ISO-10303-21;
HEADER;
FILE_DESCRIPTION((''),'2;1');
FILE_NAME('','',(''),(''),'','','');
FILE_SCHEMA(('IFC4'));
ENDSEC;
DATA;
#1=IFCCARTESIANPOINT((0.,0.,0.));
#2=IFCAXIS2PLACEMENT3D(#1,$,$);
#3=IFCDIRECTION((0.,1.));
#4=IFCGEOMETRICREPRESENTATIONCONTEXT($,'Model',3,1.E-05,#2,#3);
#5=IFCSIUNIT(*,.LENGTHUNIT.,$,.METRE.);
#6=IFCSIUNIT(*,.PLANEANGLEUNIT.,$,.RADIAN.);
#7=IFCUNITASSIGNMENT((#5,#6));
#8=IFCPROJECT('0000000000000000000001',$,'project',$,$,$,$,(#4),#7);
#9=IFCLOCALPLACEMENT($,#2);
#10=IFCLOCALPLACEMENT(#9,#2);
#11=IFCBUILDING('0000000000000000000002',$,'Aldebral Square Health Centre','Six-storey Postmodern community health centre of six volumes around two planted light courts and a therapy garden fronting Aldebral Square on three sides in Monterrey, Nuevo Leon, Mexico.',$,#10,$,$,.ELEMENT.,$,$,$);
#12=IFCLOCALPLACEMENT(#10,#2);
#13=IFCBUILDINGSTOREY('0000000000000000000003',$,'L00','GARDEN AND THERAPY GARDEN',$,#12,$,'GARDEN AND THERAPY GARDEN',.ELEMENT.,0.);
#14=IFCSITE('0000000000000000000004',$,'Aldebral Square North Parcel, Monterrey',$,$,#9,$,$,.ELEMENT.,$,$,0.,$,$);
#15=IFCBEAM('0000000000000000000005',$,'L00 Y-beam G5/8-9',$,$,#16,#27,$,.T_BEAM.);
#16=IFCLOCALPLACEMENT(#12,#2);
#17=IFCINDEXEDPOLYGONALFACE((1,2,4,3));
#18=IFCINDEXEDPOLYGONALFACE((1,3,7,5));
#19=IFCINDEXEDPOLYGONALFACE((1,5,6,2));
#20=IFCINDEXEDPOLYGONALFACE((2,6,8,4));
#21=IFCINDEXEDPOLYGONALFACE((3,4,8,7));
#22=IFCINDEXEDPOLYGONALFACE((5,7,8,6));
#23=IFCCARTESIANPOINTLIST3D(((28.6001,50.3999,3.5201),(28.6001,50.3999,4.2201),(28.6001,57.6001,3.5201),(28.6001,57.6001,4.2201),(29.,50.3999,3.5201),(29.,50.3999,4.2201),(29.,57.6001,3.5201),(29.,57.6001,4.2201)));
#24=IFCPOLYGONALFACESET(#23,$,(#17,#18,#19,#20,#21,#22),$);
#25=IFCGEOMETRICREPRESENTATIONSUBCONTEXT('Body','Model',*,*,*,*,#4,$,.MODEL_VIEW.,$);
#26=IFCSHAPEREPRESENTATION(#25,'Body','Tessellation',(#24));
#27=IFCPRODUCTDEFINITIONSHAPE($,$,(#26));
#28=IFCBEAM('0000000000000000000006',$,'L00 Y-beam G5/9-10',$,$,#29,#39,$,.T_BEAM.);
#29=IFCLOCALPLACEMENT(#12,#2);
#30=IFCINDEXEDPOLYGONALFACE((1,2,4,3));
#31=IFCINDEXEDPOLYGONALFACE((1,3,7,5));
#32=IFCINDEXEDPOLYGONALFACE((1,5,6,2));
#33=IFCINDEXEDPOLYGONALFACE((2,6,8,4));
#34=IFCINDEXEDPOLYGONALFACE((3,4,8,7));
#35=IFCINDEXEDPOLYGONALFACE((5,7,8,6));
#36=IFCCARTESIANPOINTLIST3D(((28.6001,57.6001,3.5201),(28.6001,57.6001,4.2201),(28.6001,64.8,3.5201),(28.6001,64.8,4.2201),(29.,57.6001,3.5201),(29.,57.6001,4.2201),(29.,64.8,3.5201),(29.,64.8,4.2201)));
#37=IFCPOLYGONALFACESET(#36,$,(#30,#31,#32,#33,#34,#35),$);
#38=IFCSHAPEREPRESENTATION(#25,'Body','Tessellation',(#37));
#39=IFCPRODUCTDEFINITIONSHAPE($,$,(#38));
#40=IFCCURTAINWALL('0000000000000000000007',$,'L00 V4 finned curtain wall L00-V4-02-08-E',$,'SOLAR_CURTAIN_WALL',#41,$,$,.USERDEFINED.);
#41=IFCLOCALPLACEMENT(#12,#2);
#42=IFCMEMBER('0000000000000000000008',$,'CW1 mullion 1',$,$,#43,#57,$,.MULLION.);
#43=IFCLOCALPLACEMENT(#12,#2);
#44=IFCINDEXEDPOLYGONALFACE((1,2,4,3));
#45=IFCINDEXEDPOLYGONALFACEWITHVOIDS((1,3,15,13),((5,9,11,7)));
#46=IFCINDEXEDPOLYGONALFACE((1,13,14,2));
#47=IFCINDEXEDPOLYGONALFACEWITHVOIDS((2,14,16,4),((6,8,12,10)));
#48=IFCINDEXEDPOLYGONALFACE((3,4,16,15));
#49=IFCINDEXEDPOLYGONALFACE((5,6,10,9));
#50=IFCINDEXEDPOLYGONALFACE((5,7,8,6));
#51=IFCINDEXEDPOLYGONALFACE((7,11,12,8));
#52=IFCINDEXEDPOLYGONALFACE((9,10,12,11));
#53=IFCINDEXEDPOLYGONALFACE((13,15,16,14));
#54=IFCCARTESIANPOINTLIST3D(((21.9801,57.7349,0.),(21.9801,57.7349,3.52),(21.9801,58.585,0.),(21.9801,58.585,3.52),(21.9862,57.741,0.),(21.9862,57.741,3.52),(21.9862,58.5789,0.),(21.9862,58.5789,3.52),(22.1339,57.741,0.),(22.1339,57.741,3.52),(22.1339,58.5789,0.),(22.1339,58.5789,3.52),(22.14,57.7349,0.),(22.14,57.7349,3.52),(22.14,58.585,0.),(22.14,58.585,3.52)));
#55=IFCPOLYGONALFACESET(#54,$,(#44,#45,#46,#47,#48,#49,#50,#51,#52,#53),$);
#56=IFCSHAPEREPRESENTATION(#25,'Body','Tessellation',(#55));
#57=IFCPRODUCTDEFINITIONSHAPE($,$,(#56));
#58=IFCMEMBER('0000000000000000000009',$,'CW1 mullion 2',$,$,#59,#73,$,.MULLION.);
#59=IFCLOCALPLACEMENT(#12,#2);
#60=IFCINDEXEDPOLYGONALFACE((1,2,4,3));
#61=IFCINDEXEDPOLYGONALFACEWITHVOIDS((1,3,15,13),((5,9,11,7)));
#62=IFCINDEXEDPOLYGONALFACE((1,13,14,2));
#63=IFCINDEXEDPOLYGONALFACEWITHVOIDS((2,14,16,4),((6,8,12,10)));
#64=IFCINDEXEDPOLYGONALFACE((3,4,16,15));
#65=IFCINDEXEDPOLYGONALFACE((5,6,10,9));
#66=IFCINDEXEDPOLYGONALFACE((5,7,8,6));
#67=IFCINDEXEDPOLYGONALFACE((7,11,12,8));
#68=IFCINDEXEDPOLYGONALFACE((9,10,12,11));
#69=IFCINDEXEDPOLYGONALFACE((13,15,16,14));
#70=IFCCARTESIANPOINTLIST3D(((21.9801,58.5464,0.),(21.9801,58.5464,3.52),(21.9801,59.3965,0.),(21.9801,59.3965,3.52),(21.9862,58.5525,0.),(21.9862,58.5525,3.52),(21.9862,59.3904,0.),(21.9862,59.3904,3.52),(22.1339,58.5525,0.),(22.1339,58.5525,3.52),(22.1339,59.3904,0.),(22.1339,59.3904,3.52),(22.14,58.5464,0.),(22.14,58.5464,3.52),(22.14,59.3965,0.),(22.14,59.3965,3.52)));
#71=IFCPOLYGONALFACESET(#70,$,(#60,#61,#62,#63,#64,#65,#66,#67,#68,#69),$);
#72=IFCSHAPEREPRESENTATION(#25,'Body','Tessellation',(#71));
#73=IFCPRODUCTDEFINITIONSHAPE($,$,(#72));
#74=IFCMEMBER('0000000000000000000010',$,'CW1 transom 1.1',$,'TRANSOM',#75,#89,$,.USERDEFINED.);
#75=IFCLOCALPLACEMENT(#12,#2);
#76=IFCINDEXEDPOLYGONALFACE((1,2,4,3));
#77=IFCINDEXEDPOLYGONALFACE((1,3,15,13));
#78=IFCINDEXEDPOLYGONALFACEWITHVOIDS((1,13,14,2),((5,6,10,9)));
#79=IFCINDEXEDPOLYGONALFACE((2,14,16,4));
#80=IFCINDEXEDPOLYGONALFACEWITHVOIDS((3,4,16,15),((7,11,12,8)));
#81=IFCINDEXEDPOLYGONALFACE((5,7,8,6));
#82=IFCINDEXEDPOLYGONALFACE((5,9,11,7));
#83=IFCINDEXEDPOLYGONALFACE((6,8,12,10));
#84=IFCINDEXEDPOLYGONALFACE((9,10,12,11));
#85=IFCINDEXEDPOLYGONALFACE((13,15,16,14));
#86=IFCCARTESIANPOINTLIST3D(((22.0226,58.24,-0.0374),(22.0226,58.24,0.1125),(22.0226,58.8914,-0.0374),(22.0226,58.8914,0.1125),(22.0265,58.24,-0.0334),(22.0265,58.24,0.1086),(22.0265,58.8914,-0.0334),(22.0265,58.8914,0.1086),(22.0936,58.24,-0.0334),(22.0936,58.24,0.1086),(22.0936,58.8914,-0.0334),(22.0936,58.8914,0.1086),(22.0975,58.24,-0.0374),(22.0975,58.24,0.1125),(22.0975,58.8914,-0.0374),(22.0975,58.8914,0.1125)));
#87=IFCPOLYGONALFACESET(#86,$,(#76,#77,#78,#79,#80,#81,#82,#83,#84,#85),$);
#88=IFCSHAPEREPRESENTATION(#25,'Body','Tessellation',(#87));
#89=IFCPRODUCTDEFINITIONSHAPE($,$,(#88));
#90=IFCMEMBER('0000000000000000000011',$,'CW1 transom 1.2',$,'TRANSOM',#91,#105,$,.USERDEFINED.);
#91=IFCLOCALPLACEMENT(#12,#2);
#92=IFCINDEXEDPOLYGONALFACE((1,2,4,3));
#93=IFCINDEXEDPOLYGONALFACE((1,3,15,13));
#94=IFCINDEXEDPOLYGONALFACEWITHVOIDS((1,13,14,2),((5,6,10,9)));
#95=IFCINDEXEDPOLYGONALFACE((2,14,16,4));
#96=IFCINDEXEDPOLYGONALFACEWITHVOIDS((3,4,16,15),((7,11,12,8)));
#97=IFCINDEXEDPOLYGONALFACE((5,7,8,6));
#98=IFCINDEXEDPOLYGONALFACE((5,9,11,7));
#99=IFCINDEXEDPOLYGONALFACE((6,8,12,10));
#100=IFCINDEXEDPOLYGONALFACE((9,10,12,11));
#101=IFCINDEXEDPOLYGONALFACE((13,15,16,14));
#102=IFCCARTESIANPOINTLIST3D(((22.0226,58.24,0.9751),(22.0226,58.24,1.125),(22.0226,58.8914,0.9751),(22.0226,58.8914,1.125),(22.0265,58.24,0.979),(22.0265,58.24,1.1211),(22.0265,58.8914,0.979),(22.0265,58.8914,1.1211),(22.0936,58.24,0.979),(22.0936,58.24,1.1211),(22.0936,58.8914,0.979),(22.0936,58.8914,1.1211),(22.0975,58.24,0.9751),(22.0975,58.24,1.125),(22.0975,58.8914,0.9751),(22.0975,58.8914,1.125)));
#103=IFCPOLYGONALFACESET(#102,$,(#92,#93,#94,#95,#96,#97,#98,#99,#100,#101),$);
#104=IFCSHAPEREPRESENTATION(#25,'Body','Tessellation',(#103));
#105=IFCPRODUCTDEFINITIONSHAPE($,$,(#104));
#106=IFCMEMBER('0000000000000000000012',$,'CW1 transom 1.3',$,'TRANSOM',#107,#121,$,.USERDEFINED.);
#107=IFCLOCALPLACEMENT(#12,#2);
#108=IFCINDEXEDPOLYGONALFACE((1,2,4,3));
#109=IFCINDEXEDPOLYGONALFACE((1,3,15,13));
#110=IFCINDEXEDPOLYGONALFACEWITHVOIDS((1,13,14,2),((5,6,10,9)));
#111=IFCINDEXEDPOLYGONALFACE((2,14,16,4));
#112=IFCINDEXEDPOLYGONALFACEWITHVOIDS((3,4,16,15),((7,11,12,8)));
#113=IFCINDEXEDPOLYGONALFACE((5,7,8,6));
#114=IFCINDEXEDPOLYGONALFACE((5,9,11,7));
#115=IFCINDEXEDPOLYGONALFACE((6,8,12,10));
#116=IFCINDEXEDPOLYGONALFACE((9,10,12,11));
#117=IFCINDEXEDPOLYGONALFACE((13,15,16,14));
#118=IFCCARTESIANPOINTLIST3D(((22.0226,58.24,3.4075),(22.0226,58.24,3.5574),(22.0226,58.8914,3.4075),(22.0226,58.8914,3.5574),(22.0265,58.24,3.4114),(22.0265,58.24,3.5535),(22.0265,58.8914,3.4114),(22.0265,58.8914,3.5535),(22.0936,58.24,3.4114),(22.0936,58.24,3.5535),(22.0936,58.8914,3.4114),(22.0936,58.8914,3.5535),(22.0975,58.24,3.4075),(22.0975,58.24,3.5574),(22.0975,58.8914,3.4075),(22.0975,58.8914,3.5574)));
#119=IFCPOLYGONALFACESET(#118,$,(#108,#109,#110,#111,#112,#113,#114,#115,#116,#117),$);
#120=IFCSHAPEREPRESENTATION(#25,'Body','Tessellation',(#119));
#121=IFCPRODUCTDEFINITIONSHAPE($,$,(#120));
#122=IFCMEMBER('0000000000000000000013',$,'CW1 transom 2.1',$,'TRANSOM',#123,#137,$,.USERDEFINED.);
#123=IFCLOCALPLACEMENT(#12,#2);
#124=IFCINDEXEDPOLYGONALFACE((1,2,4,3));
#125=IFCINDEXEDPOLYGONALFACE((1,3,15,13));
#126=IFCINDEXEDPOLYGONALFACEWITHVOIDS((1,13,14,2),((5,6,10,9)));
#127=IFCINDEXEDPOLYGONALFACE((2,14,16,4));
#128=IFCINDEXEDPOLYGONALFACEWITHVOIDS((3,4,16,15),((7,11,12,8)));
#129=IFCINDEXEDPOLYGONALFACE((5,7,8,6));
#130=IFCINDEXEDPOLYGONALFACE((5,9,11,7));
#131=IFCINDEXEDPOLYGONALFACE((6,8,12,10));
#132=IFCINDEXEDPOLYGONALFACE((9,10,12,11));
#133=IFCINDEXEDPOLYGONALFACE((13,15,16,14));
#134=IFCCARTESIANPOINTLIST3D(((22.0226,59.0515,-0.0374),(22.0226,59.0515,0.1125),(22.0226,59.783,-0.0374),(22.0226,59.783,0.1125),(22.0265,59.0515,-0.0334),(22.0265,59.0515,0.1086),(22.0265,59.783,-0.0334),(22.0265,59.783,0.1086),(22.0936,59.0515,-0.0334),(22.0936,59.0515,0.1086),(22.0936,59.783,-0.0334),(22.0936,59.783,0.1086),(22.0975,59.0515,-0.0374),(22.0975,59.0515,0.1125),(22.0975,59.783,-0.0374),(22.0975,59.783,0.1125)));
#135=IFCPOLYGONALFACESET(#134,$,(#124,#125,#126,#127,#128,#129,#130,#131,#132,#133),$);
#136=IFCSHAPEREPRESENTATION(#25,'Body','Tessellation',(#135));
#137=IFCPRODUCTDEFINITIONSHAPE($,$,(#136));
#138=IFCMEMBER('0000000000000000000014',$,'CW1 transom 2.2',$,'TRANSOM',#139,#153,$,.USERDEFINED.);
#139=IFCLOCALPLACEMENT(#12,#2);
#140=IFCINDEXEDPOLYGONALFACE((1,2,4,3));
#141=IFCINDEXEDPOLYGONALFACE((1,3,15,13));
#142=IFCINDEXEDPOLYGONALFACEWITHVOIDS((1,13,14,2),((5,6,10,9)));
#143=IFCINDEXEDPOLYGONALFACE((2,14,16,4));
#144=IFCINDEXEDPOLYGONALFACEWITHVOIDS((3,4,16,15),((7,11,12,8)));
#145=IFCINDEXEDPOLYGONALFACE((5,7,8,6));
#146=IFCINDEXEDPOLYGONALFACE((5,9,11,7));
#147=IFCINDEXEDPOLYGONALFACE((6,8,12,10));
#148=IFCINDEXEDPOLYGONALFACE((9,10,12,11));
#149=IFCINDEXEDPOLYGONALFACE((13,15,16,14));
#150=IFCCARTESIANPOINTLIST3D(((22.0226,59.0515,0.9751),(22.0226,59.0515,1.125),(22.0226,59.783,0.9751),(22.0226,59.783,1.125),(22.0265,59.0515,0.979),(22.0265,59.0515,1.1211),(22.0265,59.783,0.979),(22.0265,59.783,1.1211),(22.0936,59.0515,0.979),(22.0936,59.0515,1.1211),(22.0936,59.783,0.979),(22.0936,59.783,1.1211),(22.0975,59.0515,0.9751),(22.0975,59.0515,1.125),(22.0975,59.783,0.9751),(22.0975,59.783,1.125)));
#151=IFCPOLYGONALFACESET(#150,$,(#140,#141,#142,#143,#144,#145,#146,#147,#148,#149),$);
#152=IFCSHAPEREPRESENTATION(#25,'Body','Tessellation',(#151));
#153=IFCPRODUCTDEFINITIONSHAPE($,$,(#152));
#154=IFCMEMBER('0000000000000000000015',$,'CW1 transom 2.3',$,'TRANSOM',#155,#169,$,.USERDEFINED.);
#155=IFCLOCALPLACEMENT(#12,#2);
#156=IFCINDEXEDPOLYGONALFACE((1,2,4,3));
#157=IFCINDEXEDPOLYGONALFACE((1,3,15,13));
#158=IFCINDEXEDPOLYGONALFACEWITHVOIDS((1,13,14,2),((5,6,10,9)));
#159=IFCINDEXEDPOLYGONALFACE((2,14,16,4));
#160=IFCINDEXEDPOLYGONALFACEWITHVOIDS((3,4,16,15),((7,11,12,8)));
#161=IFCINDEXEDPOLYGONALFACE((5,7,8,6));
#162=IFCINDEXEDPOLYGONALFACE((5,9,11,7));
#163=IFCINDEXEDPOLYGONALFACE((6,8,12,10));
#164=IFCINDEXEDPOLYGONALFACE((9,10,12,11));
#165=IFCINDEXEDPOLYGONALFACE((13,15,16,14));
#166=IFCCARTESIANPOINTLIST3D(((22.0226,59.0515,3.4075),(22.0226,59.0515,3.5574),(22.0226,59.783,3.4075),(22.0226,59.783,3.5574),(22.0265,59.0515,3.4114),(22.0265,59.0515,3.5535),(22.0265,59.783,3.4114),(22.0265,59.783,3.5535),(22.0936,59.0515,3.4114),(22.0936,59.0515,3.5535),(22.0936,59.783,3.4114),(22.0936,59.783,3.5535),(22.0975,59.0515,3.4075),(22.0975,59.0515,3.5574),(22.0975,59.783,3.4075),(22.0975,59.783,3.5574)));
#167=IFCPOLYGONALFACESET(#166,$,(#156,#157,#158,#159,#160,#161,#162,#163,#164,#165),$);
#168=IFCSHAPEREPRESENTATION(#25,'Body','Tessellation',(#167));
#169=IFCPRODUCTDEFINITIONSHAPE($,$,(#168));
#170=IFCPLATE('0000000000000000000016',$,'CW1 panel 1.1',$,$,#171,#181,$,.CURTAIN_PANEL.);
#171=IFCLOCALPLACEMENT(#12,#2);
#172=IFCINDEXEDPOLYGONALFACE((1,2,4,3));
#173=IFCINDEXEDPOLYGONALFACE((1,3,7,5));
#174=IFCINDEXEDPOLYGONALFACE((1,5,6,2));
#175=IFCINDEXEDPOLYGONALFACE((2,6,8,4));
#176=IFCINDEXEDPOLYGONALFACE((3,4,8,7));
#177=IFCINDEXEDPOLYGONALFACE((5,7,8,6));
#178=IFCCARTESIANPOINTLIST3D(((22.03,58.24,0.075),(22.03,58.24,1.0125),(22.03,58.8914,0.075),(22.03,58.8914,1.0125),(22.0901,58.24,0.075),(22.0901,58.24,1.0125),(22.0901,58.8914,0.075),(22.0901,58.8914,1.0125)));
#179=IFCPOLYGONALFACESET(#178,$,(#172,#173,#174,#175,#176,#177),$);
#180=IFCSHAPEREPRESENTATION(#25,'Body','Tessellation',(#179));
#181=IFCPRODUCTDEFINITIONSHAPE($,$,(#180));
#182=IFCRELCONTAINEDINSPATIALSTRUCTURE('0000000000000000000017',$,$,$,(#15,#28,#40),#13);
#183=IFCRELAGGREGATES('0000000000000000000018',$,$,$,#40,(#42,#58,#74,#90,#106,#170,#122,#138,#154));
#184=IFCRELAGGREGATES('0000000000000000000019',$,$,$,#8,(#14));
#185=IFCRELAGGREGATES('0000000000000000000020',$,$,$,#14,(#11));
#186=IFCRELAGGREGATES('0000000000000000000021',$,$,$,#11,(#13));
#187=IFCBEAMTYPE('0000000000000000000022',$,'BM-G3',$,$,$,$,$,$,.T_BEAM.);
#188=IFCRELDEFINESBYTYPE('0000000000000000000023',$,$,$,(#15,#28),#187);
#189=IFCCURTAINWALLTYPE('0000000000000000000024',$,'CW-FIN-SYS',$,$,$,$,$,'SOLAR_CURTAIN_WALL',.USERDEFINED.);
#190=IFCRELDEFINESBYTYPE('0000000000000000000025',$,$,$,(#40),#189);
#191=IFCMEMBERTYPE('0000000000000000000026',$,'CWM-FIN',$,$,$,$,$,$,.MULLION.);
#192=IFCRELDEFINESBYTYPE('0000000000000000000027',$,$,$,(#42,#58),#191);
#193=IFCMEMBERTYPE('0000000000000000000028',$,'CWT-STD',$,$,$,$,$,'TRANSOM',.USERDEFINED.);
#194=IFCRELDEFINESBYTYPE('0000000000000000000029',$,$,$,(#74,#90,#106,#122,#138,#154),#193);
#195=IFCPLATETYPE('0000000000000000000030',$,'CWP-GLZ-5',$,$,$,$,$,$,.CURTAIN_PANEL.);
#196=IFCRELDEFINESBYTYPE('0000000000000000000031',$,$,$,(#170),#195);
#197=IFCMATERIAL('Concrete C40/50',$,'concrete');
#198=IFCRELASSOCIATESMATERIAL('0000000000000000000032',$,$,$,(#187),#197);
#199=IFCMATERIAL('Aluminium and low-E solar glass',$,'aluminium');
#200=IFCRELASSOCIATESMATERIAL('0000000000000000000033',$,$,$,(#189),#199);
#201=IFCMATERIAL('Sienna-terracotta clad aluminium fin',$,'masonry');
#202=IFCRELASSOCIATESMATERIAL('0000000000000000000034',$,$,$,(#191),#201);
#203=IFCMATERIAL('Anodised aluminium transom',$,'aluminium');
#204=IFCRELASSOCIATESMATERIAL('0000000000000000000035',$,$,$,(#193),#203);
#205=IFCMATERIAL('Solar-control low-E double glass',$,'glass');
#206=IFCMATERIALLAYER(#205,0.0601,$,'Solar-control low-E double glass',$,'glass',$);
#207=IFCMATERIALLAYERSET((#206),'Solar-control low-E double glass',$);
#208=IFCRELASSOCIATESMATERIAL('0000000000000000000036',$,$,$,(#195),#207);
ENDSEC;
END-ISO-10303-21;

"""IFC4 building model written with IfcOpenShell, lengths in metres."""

from ifc_helpers import new_model, si_unit, direction, frame, origin, origin_2d, place, context, subcontext, project, spatial, rectangle, hollow_rectangle, extrude, material, layer, layer_set, material_profile, profile_set, type_object, element, aggregate, save


model = new_model("IFC4")

# Units and contexts
model_context = context("Model", 3, precision=1e-05, world=origin(), true_north=direction((0.0, 1.0)))
body_context = subcontext(model_context, "Body", "Model", "MODEL_VIEW")
ifc_project = project(units=[si_unit("LENGTHUNIT", "METRE"), si_unit("PLANEANGLEUNIT", "RADIAN")], contexts=[model_context])

# Site, building, storey
site_placement = place(None, origin())
site = spatial("IfcSite", under=ifc_project, at=site_placement, Name="Aldebral Square North Parcel, Monterrey", CompositionType="ELEMENT", RefElevation=0.0)
building_placement = place(site_placement, origin())
building = spatial("IfcBuilding", under=site, at=building_placement, Name="Aldebral Square Health Centre", Description="Six-storey Postmodern community health centre of six volumes around two planted light courts and a therapy garden fronting Aldebral Square on three sides in Monterrey, Nuevo Leon, Mexico.", CompositionType="ELEMENT")
storey_placement = place(building_placement, origin())
storey = spatial("IfcBuildingStorey", under=building, at=storey_placement, Name="L00", Description="GARDEN AND THERAPY GARDEN", LongName="GARDEN AND THERAPY GARDEN", CompositionType="ELEMENT", Elevation=0.0)

# Shared definitions
ifc_material_1 = material(Name="Concrete C40/50", Category="concrete")

# Beams
ifc_material_profile_1 = material_profile(ifc_material_1, rectangle(XDim=0.3999, YDim=0.7, at=origin_2d()), Name="RC 400x700")
ifc_profile_set_1 = profile_set([ifc_material_profile_1], Name="Concrete C40/50")
beam_type_1 = type_object("IfcBeamType", Name="BM-G3", PredefinedType="T_BEAM", material=ifc_profile_set_1)
beam_1_placement = place(storey_placement, frame((28.8, 50.3999, 3.8701), z_axis=(0.0, 1.0, 0.0), x_axis=(-1.0, 0.0, 0.0)))
element("IfcBeam", 1, at=beam_1_placement, inside=storey, type_object=beam_type_1, Name="L00 Y-beam G5/8-9", PredefinedType="T_BEAM", context=body_context, shape_type="SweptSolid", body=[
    extrude(rectangle(XDim=0.3999, YDim=0.7, at=origin_2d()), origin(), (0.0, 0.0, 1.0), 7.2002),
])
beam_2_placement = place(storey_placement, frame((28.8, 57.6001, 3.8701), z_axis=(0.0, 1.0, 0.0), x_axis=(-1.0, 0.0, 0.0)))
element("IfcBeam", 2, at=beam_2_placement, inside=storey, type_object=beam_type_1, Name="L00 Y-beam G5/9-10", PredefinedType="T_BEAM", context=body_context, shape_type="SweptSolid", body=[
    extrude(rectangle(XDim=0.3999, YDim=0.7, at=origin_2d()), origin(), (0.0, 0.0, 1.0), 7.2),
])

# Curtain wall, members, plate
ifc_material_2 = material(Name="Aluminium and low-E solar glass", Category="aluminium")
curtain_wall_type = type_object("IfcCurtainWallType", Name="CW-FIN-SYS", ElementType="SOLAR_CURTAIN_WALL", PredefinedType="USERDEFINED", material=ifc_material_2)
curtain_wall_placement = place(storey_placement, origin())
curtain_wall = element("IfcCurtainWall", 3, at=curtain_wall_placement, inside=storey, type_object=curtain_wall_type, Name="L00 V4 finned curtain wall L00-V4-02-08-E", ObjectType="SOLAR_CURTAIN_WALL", PredefinedType="USERDEFINED")
ifc_material_3 = material(Name="Sienna-terracotta clad aluminium fin", Category="masonry")
ifc_material_profile_2 = material_profile(ifc_material_3, hollow_rectangle(XDim=0.1599, YDim=0.8501, WallThickness=0.0061, at=origin_2d()), Name="FIN 160x850x6")
ifc_profile_set_2 = profile_set([ifc_material_profile_2], Name="Sienna-terracotta clad aluminium fin")
member_type_1 = type_object("IfcMemberType", Name="CWM-FIN", PredefinedType="MULLION", material=ifc_profile_set_2)
member_1_placement = place(storey_placement, frame((22.0601, 58.1599, 0.0), z_axis=(0.0, 0.0, 1.0), x_axis=(-1.0, 0.0, 0.0)))
member_1 = element("IfcMember", 4, at=member_1_placement, type_object=member_type_1, Name="CW1 mullion 1", PredefinedType="MULLION", context=body_context, shape_type="SweptSolid", body=[
    extrude(hollow_rectangle(XDim=0.1599, YDim=0.8501, WallThickness=0.0061, at=origin_2d()), origin(), (0.0, 0.0, 1.0), 3.52),
])
member_2_placement = place(storey_placement, frame((22.0601, 58.9714, 0.0), z_axis=(0.0, 0.0, 1.0), x_axis=(-1.0, 0.0, 0.0)))
member_2 = element("IfcMember", 5, at=member_2_placement, type_object=member_type_1, Name="CW1 mullion 2", PredefinedType="MULLION", context=body_context, shape_type="SweptSolid", body=[
    extrude(hollow_rectangle(XDim=0.1599, YDim=0.8501, WallThickness=0.0061, at=origin_2d()), origin(), (0.0, 0.0, 1.0), 3.52),
])
ifc_material_4 = material(Name="Anodised aluminium transom", Category="aluminium")
ifc_material_profile_3 = material_profile(ifc_material_4, hollow_rectangle(XDim=0.075, YDim=0.1499, WallThickness=0.0039, at=origin_2d()), Name="CWT 75x150x4")
ifc_profile_set_3 = profile_set([ifc_material_profile_3], Name="Anodised aluminium transom")
member_type_2 = type_object("IfcMemberType", Name="CWT-STD", ElementType="TRANSOM", PredefinedType="USERDEFINED", material=ifc_profile_set_3)
member_3_placement = place(storey_placement, frame((22.0601, 58.24, 0.0376), z_axis=(0.0, 1.0, 0.0), x_axis=(-1.0, 0.0, 0.0)))
member_3 = element("IfcMember", 6, at=member_3_placement, type_object=member_type_2, Name="CW1 transom 1.1", ObjectType="TRANSOM", PredefinedType="USERDEFINED", context=body_context, shape_type="SweptSolid", body=[
    extrude(hollow_rectangle(XDim=0.075, YDim=0.1499, WallThickness=0.0039, at=origin_2d()), origin(), (0.0, 0.0, 1.0), 0.6514),
])
member_4_placement = place(storey_placement, frame((22.0601, 58.24, 1.05), z_axis=(0.0, 1.0, 0.0), x_axis=(-1.0, 0.0, 0.0)))
member_4 = element("IfcMember", 7, at=member_4_placement, type_object=member_type_2, Name="CW1 transom 1.2", ObjectType="TRANSOM", PredefinedType="USERDEFINED", context=body_context, shape_type="SweptSolid", body=[
    extrude(hollow_rectangle(XDim=0.075, YDim=0.1499, WallThickness=0.0039, at=origin_2d()), origin(), (0.0, 0.0, 1.0), 0.6514),
])
member_5_placement = place(storey_placement, frame((22.0601, 58.24, 3.4824), z_axis=(0.0, 1.0, 0.0), x_axis=(-1.0, 0.0, 0.0)))
member_5 = element("IfcMember", 8, at=member_5_placement, type_object=member_type_2, Name="CW1 transom 1.3", ObjectType="TRANSOM", PredefinedType="USERDEFINED", context=body_context, shape_type="SweptSolid", body=[
    extrude(hollow_rectangle(XDim=0.075, YDim=0.1499, WallThickness=0.0039, at=origin_2d()), origin(), (0.0, 0.0, 1.0), 0.6514),
])
member_6_placement = place(storey_placement, frame((22.0601, 59.0515, 0.0376), z_axis=(0.0, 1.0, 0.0), x_axis=(-1.0, 0.0, 0.0)))
member_6 = element("IfcMember", 9, at=member_6_placement, type_object=member_type_2, Name="CW1 transom 2.1", ObjectType="TRANSOM", PredefinedType="USERDEFINED", context=body_context, shape_type="SweptSolid", body=[
    extrude(hollow_rectangle(XDim=0.075, YDim=0.1499, WallThickness=0.0039, at=origin_2d()), origin(), (0.0, 0.0, 1.0), 0.7314),
])
member_7_placement = place(storey_placement, frame((22.0601, 59.0515, 1.05), z_axis=(0.0, 1.0, 0.0), x_axis=(-1.0, 0.0, 0.0)))
member_7 = element("IfcMember", 10, at=member_7_placement, type_object=member_type_2, Name="CW1 transom 2.2", ObjectType="TRANSOM", PredefinedType="USERDEFINED", context=body_context, shape_type="SweptSolid", body=[
    extrude(hollow_rectangle(XDim=0.075, YDim=0.1499, WallThickness=0.0039, at=origin_2d()), origin(), (0.0, 0.0, 1.0), 0.7314),
])
member_8_placement = place(storey_placement, frame((22.0601, 59.0515, 3.4824), z_axis=(0.0, 1.0, 0.0), x_axis=(-1.0, 0.0, 0.0)))
member_8 = element("IfcMember", 11, at=member_8_placement, type_object=member_type_2, Name="CW1 transom 2.3", ObjectType="TRANSOM", PredefinedType="USERDEFINED", context=body_context, shape_type="SweptSolid", body=[
    extrude(hollow_rectangle(XDim=0.075, YDim=0.1499, WallThickness=0.0039, at=origin_2d()), origin(), (0.0, 0.0, 1.0), 0.7314),
])
ifc_material_5 = material(Name="Solar-control low-E double glass", Category="glass")
ifc_layer_1 = layer(ifc_material_5, 0.0601, Name="Solar-control low-E double glass", Category="glass")
ifc_layer_set_1 = layer_set([ifc_layer_1], Name="Solar-control low-E double glass")
plate_type = type_object("IfcPlateType", Name="CWP-GLZ-5", PredefinedType="CURTAIN_PANEL", material=ifc_layer_set_1)
plate_1_placement = place(storey_placement, frame((22.0601, 58.5657, 0.075), z_axis=(0.0, 0.0, 1.0), x_axis=(0.0, 1.0, 0.0)))
plate_1 = element("IfcPlate", 12, at=plate_1_placement, type_object=plate_type, Name="CW1 panel 1.1", PredefinedType="CURTAIN_PANEL", context=body_context, shape_type="SweptSolid", body=[
    extrude(rectangle(XDim=0.6514, YDim=0.0601, at=origin_2d()), origin(), (0.0, 0.0, 1.0), 0.9375),
])
aggregate(curtain_wall, [member_1, member_2, member_3, member_4, member_5, plate_1, member_6, member_7, member_8])

save(model, "model.ifc")
